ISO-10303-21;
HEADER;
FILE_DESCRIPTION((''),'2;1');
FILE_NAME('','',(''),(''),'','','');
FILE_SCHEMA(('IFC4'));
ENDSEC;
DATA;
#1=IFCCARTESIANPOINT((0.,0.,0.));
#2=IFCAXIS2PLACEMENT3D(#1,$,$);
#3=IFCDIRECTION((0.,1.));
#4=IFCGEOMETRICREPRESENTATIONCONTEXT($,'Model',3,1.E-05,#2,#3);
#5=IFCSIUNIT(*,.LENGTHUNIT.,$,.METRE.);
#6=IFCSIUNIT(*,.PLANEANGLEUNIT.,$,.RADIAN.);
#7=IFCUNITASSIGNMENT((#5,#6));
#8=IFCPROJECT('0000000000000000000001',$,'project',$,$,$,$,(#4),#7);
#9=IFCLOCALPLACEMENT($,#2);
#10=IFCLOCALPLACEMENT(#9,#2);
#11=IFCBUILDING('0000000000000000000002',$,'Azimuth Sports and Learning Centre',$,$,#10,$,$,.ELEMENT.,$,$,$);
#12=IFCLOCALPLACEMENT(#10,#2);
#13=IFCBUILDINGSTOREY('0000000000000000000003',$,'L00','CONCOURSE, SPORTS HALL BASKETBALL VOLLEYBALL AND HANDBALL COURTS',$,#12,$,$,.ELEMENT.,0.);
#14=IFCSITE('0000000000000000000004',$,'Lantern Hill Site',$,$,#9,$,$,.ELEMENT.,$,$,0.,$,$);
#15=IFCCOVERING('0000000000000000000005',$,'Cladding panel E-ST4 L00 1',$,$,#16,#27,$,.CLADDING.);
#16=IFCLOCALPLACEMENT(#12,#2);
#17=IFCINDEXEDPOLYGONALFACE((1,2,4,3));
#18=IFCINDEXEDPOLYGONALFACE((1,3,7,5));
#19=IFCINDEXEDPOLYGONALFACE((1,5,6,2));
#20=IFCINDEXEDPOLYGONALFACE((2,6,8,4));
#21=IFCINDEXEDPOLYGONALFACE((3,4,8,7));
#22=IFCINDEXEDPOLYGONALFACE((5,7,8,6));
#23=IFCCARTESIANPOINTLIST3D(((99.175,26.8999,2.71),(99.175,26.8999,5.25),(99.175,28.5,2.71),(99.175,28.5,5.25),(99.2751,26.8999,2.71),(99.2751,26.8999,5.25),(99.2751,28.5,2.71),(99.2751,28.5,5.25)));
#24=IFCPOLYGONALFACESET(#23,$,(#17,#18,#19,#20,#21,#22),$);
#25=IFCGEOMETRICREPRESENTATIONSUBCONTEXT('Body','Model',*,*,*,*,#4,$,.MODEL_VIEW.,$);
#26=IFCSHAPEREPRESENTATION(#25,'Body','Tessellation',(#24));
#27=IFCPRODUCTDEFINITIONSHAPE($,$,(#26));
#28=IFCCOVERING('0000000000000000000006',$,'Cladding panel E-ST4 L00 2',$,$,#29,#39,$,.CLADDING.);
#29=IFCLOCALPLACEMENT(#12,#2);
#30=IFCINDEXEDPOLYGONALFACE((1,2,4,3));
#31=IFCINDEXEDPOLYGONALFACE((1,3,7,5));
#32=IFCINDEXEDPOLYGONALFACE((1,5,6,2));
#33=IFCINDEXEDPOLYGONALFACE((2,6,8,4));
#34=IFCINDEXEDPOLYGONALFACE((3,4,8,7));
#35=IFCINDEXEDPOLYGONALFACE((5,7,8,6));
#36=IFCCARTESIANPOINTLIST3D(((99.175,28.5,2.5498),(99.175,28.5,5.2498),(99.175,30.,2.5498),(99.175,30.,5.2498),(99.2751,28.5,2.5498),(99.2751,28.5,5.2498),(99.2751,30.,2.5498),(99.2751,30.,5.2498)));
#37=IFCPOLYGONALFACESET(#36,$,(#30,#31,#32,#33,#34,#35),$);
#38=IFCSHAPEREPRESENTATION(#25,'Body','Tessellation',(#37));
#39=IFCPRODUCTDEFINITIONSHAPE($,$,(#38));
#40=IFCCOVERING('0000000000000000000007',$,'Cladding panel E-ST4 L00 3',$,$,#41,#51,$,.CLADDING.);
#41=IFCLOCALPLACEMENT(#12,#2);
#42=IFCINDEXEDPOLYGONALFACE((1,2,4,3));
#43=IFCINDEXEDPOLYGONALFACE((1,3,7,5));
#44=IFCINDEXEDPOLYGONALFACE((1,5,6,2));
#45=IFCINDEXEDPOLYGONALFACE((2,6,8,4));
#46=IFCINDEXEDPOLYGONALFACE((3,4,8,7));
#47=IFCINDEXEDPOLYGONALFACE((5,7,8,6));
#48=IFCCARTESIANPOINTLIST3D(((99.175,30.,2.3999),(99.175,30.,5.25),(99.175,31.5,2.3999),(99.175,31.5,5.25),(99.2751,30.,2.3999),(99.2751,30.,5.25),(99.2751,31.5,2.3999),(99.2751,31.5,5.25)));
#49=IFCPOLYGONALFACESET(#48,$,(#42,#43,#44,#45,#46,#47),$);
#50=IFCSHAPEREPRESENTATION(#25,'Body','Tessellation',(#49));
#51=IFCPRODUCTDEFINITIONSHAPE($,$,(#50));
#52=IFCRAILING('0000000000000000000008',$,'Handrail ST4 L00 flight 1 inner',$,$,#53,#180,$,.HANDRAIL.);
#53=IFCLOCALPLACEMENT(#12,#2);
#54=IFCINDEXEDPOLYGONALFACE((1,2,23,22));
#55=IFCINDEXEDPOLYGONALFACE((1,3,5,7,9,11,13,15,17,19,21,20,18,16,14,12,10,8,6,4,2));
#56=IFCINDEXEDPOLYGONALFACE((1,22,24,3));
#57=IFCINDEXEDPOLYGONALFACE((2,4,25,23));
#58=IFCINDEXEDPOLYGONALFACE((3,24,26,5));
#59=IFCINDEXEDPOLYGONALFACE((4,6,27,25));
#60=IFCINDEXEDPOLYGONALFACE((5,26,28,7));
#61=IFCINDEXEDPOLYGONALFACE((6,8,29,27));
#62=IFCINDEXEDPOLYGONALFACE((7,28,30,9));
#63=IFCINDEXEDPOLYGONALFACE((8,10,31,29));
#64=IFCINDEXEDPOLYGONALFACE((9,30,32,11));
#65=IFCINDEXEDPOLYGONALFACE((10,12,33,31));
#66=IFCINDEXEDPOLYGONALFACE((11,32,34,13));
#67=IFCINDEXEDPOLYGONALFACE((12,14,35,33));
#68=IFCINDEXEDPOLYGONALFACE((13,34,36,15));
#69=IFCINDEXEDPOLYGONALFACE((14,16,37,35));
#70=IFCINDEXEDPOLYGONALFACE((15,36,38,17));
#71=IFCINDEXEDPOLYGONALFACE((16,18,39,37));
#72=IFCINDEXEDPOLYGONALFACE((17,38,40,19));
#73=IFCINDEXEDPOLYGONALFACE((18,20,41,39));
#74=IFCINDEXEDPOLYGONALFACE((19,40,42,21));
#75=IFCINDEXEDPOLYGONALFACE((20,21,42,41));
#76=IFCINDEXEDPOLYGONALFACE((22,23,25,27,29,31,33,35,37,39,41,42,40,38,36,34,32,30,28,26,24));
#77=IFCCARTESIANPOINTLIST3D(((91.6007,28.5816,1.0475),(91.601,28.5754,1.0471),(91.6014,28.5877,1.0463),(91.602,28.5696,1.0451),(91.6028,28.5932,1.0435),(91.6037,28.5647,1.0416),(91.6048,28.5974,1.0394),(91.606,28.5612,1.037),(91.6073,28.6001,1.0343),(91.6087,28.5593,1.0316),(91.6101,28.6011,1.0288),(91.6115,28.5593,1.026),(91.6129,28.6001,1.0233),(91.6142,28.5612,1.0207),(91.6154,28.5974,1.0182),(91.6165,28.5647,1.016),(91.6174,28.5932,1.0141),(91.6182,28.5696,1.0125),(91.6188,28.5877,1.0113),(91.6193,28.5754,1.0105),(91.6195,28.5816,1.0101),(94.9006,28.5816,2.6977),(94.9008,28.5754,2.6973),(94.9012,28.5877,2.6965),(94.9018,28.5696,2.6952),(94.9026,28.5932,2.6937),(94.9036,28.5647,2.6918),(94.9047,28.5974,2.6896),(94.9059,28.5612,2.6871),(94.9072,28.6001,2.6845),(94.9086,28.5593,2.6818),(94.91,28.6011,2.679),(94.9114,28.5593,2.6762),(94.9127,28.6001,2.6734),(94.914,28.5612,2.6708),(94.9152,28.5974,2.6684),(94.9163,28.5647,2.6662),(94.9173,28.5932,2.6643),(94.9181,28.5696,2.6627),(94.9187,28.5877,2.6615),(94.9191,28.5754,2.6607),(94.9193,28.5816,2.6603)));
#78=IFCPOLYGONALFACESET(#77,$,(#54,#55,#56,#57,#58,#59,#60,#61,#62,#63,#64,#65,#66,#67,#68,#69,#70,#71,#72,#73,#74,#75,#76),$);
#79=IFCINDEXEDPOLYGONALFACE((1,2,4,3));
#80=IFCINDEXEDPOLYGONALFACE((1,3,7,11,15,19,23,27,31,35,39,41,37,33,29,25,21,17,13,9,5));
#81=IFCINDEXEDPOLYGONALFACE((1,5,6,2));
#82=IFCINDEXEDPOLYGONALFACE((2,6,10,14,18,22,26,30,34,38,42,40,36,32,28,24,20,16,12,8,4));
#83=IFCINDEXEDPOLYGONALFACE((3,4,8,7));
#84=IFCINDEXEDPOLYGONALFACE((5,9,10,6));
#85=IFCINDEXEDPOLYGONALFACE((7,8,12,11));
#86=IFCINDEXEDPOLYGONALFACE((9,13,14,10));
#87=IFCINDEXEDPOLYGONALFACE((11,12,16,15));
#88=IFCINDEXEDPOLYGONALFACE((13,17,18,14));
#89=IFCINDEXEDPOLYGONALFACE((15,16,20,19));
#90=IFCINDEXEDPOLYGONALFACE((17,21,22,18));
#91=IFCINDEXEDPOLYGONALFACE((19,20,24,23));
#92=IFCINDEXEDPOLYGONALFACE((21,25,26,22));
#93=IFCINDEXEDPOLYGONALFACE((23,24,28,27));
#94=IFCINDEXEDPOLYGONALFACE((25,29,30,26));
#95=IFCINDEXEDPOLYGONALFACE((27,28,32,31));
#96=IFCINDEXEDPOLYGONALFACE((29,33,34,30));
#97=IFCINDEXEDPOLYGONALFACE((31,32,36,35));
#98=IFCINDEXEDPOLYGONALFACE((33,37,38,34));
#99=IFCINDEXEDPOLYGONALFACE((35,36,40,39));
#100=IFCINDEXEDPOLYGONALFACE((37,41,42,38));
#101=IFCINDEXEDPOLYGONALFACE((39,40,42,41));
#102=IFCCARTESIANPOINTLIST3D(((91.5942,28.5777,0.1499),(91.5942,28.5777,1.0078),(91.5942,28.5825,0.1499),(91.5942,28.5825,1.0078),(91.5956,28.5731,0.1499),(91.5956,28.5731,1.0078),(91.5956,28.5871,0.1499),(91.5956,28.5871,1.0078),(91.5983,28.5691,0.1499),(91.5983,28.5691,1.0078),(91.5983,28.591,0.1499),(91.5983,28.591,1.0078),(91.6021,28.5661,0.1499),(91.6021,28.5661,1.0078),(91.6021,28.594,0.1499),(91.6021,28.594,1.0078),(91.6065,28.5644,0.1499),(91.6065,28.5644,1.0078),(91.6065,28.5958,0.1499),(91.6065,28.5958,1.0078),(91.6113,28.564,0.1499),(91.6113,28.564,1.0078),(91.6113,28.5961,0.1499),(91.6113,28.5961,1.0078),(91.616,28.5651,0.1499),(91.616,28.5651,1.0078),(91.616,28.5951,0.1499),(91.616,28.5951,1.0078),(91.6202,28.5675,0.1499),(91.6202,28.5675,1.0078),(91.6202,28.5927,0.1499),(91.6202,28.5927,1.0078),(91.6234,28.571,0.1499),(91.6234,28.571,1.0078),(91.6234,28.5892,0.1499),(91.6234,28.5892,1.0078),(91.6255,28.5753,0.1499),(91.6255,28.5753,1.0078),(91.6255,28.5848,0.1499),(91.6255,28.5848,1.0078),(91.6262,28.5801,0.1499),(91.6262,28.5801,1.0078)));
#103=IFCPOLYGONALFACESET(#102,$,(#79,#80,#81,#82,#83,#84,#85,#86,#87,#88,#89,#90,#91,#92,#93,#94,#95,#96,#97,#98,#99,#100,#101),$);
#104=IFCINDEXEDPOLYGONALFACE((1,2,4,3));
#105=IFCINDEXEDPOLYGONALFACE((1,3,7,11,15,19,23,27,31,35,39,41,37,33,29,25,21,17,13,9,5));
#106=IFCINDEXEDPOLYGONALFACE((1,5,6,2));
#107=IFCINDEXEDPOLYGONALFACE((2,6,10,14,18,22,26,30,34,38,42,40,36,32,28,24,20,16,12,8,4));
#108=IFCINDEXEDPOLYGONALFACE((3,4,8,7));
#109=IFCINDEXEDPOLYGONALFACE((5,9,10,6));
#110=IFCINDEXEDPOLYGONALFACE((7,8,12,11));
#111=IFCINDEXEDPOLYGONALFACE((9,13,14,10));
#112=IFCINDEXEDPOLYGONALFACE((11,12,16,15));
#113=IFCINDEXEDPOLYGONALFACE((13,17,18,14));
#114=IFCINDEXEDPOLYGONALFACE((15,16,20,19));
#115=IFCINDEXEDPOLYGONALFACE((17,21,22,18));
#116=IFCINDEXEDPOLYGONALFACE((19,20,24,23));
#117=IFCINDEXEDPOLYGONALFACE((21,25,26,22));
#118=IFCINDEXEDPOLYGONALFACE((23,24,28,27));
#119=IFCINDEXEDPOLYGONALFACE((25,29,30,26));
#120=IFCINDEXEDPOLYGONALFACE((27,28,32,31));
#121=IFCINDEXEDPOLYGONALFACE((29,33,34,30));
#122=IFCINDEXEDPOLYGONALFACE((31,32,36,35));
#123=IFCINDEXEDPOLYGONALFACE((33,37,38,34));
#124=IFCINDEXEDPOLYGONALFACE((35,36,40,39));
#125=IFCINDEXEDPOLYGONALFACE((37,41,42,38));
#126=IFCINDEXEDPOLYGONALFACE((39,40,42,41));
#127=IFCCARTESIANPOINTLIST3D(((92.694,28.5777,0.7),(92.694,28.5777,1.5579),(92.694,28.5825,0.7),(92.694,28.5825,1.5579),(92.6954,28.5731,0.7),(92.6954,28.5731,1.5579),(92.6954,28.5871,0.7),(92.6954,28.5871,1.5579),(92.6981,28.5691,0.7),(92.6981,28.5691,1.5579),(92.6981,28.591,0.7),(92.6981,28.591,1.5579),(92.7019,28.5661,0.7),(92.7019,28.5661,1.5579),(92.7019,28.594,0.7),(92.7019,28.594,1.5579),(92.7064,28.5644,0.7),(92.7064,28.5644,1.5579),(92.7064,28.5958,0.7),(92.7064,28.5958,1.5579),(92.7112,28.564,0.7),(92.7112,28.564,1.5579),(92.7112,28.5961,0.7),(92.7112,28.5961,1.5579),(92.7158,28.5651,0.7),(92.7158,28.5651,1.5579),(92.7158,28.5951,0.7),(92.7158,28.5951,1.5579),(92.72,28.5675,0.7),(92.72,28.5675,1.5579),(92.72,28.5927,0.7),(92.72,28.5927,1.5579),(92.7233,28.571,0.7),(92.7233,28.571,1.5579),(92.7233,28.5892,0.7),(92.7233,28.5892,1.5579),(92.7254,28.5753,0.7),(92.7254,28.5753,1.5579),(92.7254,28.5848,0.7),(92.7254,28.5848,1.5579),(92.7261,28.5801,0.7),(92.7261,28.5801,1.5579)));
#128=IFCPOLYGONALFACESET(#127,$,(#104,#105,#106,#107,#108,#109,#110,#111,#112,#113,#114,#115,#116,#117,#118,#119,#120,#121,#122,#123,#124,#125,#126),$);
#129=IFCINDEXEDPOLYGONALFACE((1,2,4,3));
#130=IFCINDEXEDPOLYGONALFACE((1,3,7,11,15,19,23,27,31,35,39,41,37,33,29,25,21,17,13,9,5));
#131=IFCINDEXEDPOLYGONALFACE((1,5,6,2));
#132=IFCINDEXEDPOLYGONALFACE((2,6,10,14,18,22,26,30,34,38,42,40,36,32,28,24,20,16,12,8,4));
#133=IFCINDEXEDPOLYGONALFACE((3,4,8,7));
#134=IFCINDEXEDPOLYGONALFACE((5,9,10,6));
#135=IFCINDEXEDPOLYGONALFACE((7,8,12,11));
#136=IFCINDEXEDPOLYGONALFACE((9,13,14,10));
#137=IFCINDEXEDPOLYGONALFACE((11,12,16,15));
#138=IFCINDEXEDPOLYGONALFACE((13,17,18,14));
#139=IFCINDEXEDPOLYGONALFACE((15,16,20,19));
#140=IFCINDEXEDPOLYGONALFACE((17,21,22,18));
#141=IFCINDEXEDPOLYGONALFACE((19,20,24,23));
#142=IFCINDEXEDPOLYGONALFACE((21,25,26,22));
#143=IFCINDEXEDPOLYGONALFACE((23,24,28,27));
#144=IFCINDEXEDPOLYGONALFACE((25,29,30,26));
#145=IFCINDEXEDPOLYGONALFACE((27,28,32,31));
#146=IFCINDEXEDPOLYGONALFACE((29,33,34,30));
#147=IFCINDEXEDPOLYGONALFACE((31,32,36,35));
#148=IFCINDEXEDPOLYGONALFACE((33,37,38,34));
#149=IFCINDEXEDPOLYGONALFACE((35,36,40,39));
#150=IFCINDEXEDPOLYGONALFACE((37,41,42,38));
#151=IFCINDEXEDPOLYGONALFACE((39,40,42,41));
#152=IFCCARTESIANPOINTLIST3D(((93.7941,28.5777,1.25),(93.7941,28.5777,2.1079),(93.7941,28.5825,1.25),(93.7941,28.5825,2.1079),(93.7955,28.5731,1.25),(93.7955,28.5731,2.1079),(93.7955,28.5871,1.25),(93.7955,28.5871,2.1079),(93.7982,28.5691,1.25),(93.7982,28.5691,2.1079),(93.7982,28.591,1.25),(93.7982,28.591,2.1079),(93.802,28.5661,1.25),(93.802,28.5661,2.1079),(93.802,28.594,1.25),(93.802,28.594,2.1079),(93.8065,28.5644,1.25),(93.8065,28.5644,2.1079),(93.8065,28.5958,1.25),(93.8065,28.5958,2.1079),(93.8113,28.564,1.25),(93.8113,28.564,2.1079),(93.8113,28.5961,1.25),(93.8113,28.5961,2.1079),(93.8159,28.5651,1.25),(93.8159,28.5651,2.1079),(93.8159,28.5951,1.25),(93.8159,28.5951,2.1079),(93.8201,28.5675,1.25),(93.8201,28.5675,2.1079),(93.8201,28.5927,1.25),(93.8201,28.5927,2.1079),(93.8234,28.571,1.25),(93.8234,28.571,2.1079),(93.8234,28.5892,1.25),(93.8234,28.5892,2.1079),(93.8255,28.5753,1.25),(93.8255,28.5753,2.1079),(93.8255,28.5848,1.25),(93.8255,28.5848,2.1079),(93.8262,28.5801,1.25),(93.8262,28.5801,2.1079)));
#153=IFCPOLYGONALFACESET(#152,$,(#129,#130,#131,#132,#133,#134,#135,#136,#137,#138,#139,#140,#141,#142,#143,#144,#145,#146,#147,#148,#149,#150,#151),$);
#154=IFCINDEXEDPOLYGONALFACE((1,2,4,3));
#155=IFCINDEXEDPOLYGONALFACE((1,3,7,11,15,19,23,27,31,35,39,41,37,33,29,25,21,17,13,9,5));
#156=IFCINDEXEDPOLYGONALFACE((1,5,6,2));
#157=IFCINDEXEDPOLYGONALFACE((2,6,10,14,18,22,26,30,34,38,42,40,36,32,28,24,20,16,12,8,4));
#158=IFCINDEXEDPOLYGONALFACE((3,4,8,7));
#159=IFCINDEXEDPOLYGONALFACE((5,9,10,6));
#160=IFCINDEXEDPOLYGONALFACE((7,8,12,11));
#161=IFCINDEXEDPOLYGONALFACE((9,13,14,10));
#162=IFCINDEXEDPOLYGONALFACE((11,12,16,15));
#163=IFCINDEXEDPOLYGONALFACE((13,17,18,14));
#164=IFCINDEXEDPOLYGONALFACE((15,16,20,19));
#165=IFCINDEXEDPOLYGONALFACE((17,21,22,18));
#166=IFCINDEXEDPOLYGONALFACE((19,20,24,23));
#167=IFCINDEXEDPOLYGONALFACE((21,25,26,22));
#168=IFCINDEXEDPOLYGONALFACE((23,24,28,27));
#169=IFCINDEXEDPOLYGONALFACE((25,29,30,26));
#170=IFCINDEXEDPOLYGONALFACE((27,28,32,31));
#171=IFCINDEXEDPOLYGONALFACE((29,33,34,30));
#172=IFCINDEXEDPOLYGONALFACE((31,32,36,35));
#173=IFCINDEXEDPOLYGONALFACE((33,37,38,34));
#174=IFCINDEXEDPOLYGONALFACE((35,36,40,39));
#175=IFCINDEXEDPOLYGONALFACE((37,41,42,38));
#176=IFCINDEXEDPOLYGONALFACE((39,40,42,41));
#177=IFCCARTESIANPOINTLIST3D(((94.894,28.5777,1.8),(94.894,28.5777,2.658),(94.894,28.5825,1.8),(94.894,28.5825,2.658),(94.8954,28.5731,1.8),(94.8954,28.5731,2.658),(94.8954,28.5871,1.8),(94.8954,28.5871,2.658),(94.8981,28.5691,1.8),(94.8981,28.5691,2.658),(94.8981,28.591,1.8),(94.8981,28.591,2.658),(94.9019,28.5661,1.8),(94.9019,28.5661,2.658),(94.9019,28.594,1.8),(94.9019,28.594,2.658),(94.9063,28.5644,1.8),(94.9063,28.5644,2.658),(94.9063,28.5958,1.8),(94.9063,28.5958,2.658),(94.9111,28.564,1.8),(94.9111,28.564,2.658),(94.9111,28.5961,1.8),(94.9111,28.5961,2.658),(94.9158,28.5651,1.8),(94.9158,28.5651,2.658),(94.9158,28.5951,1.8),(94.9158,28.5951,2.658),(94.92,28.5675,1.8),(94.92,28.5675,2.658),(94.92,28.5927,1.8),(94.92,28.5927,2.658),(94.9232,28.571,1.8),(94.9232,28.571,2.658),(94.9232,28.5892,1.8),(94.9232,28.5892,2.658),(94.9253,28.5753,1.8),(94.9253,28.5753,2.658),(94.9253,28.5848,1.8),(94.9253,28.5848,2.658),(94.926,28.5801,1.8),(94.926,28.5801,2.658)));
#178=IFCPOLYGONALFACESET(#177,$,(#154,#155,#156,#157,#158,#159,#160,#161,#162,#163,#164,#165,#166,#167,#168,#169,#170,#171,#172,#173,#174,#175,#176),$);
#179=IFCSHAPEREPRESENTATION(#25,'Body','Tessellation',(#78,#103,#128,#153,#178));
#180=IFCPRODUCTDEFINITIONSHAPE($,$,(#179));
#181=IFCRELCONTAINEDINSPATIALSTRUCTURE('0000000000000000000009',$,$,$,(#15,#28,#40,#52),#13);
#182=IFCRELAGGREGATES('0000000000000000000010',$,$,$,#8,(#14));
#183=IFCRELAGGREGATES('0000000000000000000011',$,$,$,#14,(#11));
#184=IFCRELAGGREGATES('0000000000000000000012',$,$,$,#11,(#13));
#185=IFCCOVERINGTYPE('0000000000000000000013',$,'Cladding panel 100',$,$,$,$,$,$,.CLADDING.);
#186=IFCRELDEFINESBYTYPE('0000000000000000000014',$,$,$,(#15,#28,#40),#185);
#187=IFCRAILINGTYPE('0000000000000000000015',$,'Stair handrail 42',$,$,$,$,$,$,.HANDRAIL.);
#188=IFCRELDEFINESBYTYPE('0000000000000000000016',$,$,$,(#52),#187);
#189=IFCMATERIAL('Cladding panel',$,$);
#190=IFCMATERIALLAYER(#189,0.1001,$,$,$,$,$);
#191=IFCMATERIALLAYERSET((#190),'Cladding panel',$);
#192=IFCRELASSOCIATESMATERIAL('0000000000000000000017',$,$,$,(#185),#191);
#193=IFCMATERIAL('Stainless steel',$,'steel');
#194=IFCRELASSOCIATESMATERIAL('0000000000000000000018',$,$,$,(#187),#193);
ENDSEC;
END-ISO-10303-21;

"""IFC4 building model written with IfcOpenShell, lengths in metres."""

from ifc_helpers import new_model, si_unit, direction, frame, origin, origin_2d, place, context, subcontext, project, spatial, rectangle, circle, extrude, material, layer, layer_set, type_object, element, save


model = new_model("IFC4")

# Units and contexts
model_context = context("Model", 3, precision=1e-05, world=origin(), true_north=direction((0.0, 1.0)))
body_context = subcontext(model_context, "Body", "Model", "MODEL_VIEW")
ifc_project = project(units=[si_unit("LENGTHUNIT", "METRE"), si_unit("PLANEANGLEUNIT", "RADIAN")], contexts=[model_context])

# Site, building, storey
site_placement = place(None, origin())
site = spatial("IfcSite", under=ifc_project, at=site_placement, Name="Lantern Hill Site", CompositionType="ELEMENT", RefElevation=0.0)
building_placement = place(site_placement, origin())
building = spatial("IfcBuilding", under=site, at=building_placement, Name="Azimuth Sports and Learning Centre", CompositionType="ELEMENT")
storey_placement = place(building_placement, origin())
storey = spatial("IfcBuildingStorey", under=building, at=storey_placement, Name="L00", Description="CONCOURSE, SPORTS HALL BASKETBALL VOLLEYBALL AND HANDBALL COURTS", CompositionType="ELEMENT", Elevation=0.0)

# Coverings
ifc_material_1 = material(Name="Cladding panel")
ifc_layer_1 = layer(ifc_material_1, 0.1001)
ifc_layer_set_1 = layer_set([ifc_layer_1], Name="Cladding panel")
covering_type = type_object("IfcCoveringType", Name="Cladding panel 100", PredefinedType="CLADDING", material=ifc_layer_set_1)
covering_1_placement = place(storey_placement, frame((99.2251, 27.7, 2.71), z_axis=(0.0, 0.0, 1.0), x_axis=(0.0, 1.0, 0.0)))
element("IfcCovering", 1, at=covering_1_placement, inside=storey, type_object=covering_type, Name="Cladding panel E-ST4 L00 1", PredefinedType="CLADDING", context=body_context, shape_type="SweptSolid", body=[
    extrude(rectangle(XDim=1.6001, YDim=0.1001, at=origin_2d()), origin(), (0.0, 0.0, 1.0), 2.54),
])
covering_2_placement = place(storey_placement, frame((99.2251, 29.25, 2.5498), z_axis=(0.0, 0.0, 1.0), x_axis=(0.0, 1.0, 0.0)))
element("IfcCovering", 2, at=covering_2_placement, inside=storey, type_object=covering_type, Name="Cladding panel E-ST4 L00 2", PredefinedType="CLADDING", context=body_context, shape_type="SweptSolid", body=[
    extrude(rectangle(XDim=1.5, YDim=0.1001, at=origin_2d()), origin(), (0.0, 0.0, 1.0), 2.7),
])
covering_3_placement = place(storey_placement, frame((99.2251, 30.75, 2.3999), z_axis=(0.0, 0.0, 1.0), x_axis=(0.0, 1.0, 0.0)))
element("IfcCovering", 3, at=covering_3_placement, inside=storey, type_object=covering_type, Name="Cladding panel E-ST4 L00 3", PredefinedType="CLADDING", context=body_context, shape_type="SweptSolid", body=[
    extrude(rectangle(XDim=1.5, YDim=0.1001, at=origin_2d()), origin(), (0.0, 0.0, 1.0), 2.8501),
])

# Railing
ifc_material_2 = material(Name="Stainless steel", Category="steel")
railing_type_1 = type_object("IfcRailingType", Name="Stair handrail 42", PredefinedType="HANDRAIL", material=ifc_material_2)
for number, where, name in (
    (4, (91.6101, 28.5801, 0.1499), "Handrail ST4 L00 flight 1 inner"),
):
    element("IfcRailing", number, at=place(storey_placement, frame(where)), inside=storey, type_object=railing_type_1, Name=name, PredefinedType="HANDRAIL", context=body_context, shape_type="SweptSolid", body=[
        extrude(circle(Radius=0.021, at=origin_2d()), frame((0.0, 0.0, 0.8789), z_axis=(0.894401, 0.0, 0.447267), x_axis=(0.0, 1.0, 0.0)), (0.0, 0.0, 1.0), 3.6895),
        extrude(circle(Radius=0.0161, at=origin_2d()), origin(), (0.0, 0.0, 1.0), 0.8579),
        extrude(circle(Radius=0.0161, at=origin_2d()), frame((1.0999, 0.0, 0.55)), (0.0, 0.0, 1.0), 0.8579),
        extrude(circle(Radius=0.0161, at=origin_2d()), frame((2.2, 0.0, 1.1001)), (0.0, 0.0, 1.0), 0.8579),
        extrude(circle(Radius=0.0161, at=origin_2d()), frame((3.2998, 0.0, 1.6501)), (0.0, 0.0, 1.0), 0.8579),
    ])

save(model, "model.ifc")
